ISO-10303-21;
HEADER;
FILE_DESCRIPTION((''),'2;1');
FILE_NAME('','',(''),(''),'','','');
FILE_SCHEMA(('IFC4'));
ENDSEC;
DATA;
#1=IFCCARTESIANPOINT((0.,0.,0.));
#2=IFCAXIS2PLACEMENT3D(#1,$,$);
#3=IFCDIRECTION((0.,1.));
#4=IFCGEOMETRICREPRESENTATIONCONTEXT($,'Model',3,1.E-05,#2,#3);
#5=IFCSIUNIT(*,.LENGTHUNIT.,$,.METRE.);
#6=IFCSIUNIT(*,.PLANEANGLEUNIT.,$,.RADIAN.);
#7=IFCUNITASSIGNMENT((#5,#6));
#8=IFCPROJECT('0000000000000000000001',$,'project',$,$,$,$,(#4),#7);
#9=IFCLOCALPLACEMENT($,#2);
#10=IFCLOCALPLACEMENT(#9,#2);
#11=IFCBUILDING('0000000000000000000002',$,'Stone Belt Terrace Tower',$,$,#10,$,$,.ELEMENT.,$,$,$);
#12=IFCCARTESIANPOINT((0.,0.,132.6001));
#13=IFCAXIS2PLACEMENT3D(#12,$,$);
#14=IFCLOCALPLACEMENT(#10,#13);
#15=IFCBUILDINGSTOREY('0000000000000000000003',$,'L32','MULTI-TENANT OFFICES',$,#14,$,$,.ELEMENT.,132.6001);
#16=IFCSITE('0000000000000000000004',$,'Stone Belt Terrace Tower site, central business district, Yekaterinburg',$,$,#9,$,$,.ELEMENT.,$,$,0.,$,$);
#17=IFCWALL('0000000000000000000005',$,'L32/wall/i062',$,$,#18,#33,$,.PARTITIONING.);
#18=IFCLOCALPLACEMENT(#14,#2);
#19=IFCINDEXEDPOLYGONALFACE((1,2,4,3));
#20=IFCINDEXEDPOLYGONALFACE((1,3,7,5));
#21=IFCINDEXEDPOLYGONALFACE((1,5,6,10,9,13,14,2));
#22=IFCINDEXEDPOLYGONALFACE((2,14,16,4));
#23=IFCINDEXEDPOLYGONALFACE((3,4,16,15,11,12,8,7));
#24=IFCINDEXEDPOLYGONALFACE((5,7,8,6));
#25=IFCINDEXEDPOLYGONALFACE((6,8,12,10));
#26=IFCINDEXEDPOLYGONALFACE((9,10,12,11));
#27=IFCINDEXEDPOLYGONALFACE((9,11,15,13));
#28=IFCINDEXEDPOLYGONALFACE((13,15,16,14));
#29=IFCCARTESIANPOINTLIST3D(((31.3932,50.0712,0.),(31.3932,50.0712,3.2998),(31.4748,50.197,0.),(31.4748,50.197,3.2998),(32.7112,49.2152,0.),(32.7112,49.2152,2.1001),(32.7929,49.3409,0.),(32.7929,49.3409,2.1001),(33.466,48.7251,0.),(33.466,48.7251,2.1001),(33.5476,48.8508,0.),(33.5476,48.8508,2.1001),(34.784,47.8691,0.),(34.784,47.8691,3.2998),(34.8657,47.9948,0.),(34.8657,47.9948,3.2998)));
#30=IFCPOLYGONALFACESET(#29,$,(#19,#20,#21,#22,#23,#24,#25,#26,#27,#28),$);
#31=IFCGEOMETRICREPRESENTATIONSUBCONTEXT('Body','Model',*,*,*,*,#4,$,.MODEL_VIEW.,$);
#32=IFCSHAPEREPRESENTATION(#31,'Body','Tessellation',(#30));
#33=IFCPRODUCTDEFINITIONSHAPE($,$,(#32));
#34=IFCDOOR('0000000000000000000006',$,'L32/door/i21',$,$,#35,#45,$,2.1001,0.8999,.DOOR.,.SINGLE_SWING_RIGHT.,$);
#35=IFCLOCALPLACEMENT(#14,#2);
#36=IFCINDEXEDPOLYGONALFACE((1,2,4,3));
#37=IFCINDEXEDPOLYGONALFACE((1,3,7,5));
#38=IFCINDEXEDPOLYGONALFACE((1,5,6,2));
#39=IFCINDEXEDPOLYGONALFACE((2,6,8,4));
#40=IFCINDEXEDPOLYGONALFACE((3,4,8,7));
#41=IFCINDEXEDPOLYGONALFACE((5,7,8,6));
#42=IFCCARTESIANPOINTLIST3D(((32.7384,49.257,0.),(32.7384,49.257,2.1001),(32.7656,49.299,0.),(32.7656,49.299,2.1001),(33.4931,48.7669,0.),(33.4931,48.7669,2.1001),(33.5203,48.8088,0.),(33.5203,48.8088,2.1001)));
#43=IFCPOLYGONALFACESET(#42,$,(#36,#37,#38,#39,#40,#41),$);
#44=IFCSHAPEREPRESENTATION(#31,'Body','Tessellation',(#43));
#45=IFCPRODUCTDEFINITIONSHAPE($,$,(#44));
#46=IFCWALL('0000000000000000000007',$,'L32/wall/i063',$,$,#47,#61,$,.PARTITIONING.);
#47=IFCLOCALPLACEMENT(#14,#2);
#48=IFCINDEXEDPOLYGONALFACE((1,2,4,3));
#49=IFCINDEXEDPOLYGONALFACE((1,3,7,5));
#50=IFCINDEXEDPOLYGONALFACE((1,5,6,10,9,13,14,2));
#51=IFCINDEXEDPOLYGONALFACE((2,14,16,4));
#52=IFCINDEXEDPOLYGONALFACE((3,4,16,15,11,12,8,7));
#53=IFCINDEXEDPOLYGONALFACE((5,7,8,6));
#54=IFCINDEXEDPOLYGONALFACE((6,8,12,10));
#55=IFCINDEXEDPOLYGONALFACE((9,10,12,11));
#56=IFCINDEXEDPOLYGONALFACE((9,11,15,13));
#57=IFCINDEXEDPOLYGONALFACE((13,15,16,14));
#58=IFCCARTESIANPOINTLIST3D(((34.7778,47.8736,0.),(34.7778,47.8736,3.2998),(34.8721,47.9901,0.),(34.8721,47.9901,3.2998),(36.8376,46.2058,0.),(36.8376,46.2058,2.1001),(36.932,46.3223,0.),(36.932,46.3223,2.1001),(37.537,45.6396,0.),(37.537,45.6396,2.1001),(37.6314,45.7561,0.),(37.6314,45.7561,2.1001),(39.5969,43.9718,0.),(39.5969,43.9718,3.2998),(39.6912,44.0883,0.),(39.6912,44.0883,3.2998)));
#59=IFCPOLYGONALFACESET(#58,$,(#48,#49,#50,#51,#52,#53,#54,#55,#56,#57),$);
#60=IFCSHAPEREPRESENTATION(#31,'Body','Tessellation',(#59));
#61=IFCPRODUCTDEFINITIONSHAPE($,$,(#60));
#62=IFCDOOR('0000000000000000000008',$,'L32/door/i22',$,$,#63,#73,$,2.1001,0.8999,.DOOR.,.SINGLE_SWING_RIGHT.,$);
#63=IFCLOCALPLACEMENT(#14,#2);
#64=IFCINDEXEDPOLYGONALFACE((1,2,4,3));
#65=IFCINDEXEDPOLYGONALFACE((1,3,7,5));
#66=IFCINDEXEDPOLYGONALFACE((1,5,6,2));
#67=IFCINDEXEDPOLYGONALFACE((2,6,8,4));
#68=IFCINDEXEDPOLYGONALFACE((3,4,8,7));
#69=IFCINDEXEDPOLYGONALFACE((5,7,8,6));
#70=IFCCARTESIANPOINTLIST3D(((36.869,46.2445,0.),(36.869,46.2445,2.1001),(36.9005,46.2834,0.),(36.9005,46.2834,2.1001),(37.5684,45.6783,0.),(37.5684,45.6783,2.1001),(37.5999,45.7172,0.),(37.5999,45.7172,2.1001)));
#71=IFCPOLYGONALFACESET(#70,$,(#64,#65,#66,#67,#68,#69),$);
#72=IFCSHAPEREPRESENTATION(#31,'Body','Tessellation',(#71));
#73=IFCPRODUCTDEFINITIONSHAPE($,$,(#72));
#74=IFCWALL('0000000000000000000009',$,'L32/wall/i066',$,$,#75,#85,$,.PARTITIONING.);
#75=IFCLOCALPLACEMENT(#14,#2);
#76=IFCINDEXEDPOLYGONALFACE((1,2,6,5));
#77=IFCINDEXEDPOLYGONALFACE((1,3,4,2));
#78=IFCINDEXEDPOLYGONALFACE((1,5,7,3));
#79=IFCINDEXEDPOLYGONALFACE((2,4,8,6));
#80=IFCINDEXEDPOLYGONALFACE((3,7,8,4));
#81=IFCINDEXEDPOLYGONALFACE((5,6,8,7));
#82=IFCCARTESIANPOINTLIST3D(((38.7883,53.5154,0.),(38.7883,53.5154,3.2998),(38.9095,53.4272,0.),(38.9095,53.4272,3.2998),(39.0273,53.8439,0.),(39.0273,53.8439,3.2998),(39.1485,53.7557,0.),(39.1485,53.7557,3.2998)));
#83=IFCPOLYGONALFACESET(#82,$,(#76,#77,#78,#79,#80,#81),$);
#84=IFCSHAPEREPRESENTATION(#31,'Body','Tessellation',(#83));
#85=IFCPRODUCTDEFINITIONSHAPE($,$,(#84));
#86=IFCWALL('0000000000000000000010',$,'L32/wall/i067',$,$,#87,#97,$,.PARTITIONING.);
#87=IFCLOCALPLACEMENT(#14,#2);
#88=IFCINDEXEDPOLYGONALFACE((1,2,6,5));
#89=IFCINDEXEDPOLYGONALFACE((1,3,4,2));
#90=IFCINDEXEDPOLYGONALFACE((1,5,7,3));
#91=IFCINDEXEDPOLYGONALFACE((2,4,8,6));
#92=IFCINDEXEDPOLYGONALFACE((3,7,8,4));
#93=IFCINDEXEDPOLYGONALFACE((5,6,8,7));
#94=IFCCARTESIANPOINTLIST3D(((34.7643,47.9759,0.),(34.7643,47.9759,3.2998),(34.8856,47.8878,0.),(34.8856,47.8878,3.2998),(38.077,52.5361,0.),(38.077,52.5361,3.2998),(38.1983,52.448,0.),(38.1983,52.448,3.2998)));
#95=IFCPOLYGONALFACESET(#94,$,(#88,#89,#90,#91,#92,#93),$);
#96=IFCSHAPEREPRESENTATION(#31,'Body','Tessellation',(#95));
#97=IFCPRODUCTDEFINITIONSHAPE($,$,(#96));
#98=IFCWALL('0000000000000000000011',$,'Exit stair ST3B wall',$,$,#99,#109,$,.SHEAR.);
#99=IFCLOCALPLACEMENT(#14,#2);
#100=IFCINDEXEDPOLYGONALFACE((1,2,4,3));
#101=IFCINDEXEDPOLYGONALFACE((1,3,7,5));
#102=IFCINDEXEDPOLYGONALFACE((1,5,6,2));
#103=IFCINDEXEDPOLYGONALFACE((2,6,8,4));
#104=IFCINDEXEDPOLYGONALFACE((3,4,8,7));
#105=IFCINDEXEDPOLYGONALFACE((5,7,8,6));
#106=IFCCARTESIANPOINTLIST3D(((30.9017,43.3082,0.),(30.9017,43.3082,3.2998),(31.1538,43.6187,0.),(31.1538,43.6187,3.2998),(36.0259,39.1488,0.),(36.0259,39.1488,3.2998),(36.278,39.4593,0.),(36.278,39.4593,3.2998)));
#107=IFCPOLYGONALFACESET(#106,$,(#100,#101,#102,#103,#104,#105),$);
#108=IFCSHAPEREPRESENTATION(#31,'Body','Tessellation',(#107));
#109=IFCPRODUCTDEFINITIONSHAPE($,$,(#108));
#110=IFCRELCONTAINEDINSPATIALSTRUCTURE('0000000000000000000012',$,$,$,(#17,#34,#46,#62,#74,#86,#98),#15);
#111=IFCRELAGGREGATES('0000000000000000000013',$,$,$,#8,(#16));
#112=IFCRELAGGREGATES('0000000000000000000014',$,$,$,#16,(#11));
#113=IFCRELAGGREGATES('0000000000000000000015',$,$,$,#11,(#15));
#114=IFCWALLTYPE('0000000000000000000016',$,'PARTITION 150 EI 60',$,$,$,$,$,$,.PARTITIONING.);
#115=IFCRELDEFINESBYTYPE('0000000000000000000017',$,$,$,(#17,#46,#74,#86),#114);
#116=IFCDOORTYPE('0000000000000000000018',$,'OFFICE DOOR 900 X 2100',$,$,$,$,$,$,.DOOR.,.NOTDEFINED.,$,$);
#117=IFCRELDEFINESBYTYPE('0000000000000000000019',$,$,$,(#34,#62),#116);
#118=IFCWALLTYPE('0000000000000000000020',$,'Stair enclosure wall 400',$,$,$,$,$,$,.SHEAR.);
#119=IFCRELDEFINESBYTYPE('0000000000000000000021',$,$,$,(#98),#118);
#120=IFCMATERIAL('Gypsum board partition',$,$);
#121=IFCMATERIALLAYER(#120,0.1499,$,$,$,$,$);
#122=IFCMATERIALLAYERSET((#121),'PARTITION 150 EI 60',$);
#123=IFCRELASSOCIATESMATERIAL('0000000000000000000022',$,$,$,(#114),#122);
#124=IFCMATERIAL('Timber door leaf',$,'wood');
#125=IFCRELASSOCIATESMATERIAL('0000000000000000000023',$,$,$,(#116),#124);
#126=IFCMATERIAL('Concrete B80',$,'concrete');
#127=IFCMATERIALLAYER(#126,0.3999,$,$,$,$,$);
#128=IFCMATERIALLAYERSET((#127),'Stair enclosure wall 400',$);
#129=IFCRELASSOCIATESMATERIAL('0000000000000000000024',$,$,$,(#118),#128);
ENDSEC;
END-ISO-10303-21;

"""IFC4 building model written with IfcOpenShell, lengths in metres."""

from ifc_helpers import new_model, si_unit, direction, frame, frame_2d, origin, place, context, subcontext, project, spatial, rectangle, extrude, material, layer, layer_set, type_object, element, fill, save


model = new_model("IFC4")

# Units and contexts
model_context = context("Model", 3, precision=1e-05, world=origin(), true_north=direction((0.0, 1.0)))
body_context = subcontext(model_context, "Body", "Model", "MODEL_VIEW")
ifc_project = project(units=[si_unit("LENGTHUNIT", "METRE"), si_unit("PLANEANGLEUNIT", "RADIAN")], contexts=[model_context])

# Site, building, storey
site_placement = place(None, origin())
site = spatial("IfcSite", under=ifc_project, at=site_placement, Name="Stone Belt Terrace Tower site, central business district, Yekaterinburg", CompositionType="ELEMENT", RefElevation=0.0)
building_placement = place(site_placement, origin())
building = spatial("IfcBuilding", under=site, at=building_placement, Name="Stone Belt Terrace Tower", CompositionType="ELEMENT")
storey_placement = place(building_placement, frame((0.0, 0.0, 132.6001)))
storey = spatial("IfcBuildingStorey", under=building, at=storey_placement, Name="L32", Description="MULTI-TENANT OFFICES", CompositionType="ELEMENT", Elevation=132.6001)

# Shared definitions
ifc_material_1 = material(Name="Concrete B80", Category="concrete")

# Shared definitions
ifc_material_2 = material(Name="Gypsum board partition")
ifc_layer_1 = layer(ifc_material_2, 0.1499)
ifc_layer_set_1 = layer_set([ifc_layer_1], Name="PARTITION 150 EI 60")
wall_type_1 = type_object("IfcWallType", Name="PARTITION 150 EI 60", PredefinedType="PARTITIONING", material=ifc_layer_set_1)
ifc_material_3 = material(Name="Timber door leaf", Category="wood")
door_type_1 = type_object("IfcDoorType", Name="OFFICE DOOR 900 X 2100", OperationType="NOTDEFINED", PredefinedType="DOOR", material=ifc_material_3)

# Walls, openings, doors
wall_1_placement = place(storey_placement, frame((31.4341, 50.134, 0.0), z_axis=(0.0, 0.0, 1.0), x_axis=(0.83866, -0.544655, 0.0)))
wall_1 = element("IfcWall", 1, at=wall_1_placement, inside=storey, type_object=wall_type_1, Name="L32/wall/i062", PredefinedType="PARTITIONING", context=body_context, shape_type="SweptSolid", body=[
    extrude(rectangle(XDim=4.0432, YDim=0.1499, at=frame_2d((2.0215, 0.0))), origin(), (0.0, 0.0, 1.0), 3.2998),
])
opening_1_placement = place(wall_1_placement, frame((1.5715, 0.0, 0.0)))
opening_1 = element("IfcOpeningElement", 2, at=opening_1_placement, cuts=wall_1, PredefinedType="OPENING", context=body_context, shape_type="SweptSolid", body=[
    extrude(rectangle(XDim=0.8999, YDim=2.1001, at=frame_2d((0.45, 1.05))), frame((0.0, 0.085, 0.0), z_axis=(0.0, -1.0, 0.0), x_axis=(1.0, 0.0, 0.0)), (0.0, 0.0, 1.0), 0.1699),
])
door_1_placement = place(opening_1_placement, origin())
door_1 = element("IfcDoor", 3, at=door_1_placement, inside=storey, type_object=door_type_1, Name="L32/door/i21", OperationType="SINGLE_SWING_RIGHT", OverallHeight=2.1001, OverallWidth=0.8999, PredefinedType="DOOR", context=body_context, shape_type="SweptSolid", body=[
    extrude(rectangle(XDim=0.8999, YDim=2.1001, at=frame_2d((0.45, 1.05))), frame((0.0, 0.0249, 0.0), z_axis=(0.0, -1.0, 0.0), x_axis=(1.0, 0.0, 0.0)), (0.0, 0.0, 1.0), 0.05),
])
fill(opening_1, door_1)
wall_2_placement = place(storey_placement, frame((34.825, 47.9319, 0.0), z_axis=(0.0, 0.0, 1.0), x_axis=(0.777191, -0.629265, 0.0)))
wall_2 = element("IfcWall", 4, at=wall_2_placement, inside=storey, type_object=wall_type_1, Name="L32/wall/i063", PredefinedType="PARTITIONING", context=body_context, shape_type="SweptSolid", body=[
    extrude(rectangle(XDim=6.2007, YDim=0.1499, at=frame_2d((3.1003, 0.0))), origin(), (0.0, 0.0, 1.0), 3.2998),
])
opening_2_placement = place(wall_2_placement, frame((2.6504, 0.0, 0.0)))
opening_2 = element("IfcOpeningElement", 5, at=opening_2_placement, cuts=wall_2, PredefinedType="OPENING", context=body_context, shape_type="SweptSolid", body=[
    extrude(rectangle(XDim=0.8999, YDim=2.1001, at=frame_2d((0.45, 1.05))), frame((0.0, 0.085, 0.0), z_axis=(0.0, -1.0, 0.0), x_axis=(1.0, 0.0, 0.0)), (0.0, 0.0, 1.0), 0.1699),
])
door_2_placement = place(opening_2_placement, origin())
door_2 = element("IfcDoor", 6, at=door_2_placement, inside=storey, type_object=door_type_1, Name="L32/door/i22", OperationType="SINGLE_SWING_RIGHT", OverallHeight=2.1001, OverallWidth=0.8999, PredefinedType="DOOR", context=body_context, shape_type="SweptSolid", body=[
    extrude(rectangle(XDim=0.8999, YDim=2.1001, at=frame_2d((0.45, 1.05))), frame((0.0, 0.0249, 0.0), z_axis=(0.0, -1.0, 0.0), x_axis=(1.0, 0.0, 0.0)), (0.0, 0.0, 1.0), 0.05),
])
fill(opening_2, door_2)

# Walls
wall_3_placement = place(storey_placement, frame((39.0879, 53.7998, 0.0), z_axis=(0.0, 0.0, 1.0), x_axis=(-0.588207, -0.80871, 0.0)))
element("IfcWall", 7, at=wall_3_placement, inside=storey, type_object=wall_type_1, Name="L32/wall/i066", PredefinedType="PARTITIONING", context=body_context, shape_type="SweptSolid", body=[
    extrude(rectangle(XDim=0.4062, YDim=0.1499, at=frame_2d((0.2031, 0.0))), origin(), (0.0, 0.0, 1.0), 3.2998),
])
wall_4_placement = place(storey_placement, frame((38.1377, 52.4922, 0.0), z_axis=(0.0, 0.0, 1.0), x_axis=(-0.587726, -0.80906, 0.0)))
element("IfcWall", 8, at=wall_4_placement, inside=storey, type_object=wall_type_1, Name="L32/wall/i067", PredefinedType="PARTITIONING", context=body_context, shape_type="SweptSolid", body=[
    extrude(rectangle(XDim=5.6365, YDim=0.1499, at=frame_2d((2.8184, 0.0))), origin(), (0.0, 0.0, 1.0), 3.2998),
])
ifc_layer_2 = layer(ifc_material_1, 0.3999)
ifc_layer_set_2 = layer_set([ifc_layer_2], Name="Stair enclosure wall 400")
wall_type_2 = type_object("IfcWallType", Name="Stair enclosure wall 400", PredefinedType="SHEAR", material=ifc_layer_set_2)
wall_5_placement = place(storey_placement, frame((31.0278, 43.4634, 0.0), z_axis=(0.0, 0.0, 1.0), x_axis=(0.776414, -0.630224, 0.0)))
element("IfcWall", 9, at=wall_5_placement, inside=storey, type_object=wall_type_2, Name="Exit stair ST3B wall", PredefinedType="SHEAR", context=body_context, shape_type="SweptSolid", body=[
    extrude(rectangle(XDim=6.5999, YDim=0.3999, at=frame_2d((3.2998, 0.0))), origin(), (0.0, 0.0, 1.0), 3.2998),
])

save(model, "model.ifc")
